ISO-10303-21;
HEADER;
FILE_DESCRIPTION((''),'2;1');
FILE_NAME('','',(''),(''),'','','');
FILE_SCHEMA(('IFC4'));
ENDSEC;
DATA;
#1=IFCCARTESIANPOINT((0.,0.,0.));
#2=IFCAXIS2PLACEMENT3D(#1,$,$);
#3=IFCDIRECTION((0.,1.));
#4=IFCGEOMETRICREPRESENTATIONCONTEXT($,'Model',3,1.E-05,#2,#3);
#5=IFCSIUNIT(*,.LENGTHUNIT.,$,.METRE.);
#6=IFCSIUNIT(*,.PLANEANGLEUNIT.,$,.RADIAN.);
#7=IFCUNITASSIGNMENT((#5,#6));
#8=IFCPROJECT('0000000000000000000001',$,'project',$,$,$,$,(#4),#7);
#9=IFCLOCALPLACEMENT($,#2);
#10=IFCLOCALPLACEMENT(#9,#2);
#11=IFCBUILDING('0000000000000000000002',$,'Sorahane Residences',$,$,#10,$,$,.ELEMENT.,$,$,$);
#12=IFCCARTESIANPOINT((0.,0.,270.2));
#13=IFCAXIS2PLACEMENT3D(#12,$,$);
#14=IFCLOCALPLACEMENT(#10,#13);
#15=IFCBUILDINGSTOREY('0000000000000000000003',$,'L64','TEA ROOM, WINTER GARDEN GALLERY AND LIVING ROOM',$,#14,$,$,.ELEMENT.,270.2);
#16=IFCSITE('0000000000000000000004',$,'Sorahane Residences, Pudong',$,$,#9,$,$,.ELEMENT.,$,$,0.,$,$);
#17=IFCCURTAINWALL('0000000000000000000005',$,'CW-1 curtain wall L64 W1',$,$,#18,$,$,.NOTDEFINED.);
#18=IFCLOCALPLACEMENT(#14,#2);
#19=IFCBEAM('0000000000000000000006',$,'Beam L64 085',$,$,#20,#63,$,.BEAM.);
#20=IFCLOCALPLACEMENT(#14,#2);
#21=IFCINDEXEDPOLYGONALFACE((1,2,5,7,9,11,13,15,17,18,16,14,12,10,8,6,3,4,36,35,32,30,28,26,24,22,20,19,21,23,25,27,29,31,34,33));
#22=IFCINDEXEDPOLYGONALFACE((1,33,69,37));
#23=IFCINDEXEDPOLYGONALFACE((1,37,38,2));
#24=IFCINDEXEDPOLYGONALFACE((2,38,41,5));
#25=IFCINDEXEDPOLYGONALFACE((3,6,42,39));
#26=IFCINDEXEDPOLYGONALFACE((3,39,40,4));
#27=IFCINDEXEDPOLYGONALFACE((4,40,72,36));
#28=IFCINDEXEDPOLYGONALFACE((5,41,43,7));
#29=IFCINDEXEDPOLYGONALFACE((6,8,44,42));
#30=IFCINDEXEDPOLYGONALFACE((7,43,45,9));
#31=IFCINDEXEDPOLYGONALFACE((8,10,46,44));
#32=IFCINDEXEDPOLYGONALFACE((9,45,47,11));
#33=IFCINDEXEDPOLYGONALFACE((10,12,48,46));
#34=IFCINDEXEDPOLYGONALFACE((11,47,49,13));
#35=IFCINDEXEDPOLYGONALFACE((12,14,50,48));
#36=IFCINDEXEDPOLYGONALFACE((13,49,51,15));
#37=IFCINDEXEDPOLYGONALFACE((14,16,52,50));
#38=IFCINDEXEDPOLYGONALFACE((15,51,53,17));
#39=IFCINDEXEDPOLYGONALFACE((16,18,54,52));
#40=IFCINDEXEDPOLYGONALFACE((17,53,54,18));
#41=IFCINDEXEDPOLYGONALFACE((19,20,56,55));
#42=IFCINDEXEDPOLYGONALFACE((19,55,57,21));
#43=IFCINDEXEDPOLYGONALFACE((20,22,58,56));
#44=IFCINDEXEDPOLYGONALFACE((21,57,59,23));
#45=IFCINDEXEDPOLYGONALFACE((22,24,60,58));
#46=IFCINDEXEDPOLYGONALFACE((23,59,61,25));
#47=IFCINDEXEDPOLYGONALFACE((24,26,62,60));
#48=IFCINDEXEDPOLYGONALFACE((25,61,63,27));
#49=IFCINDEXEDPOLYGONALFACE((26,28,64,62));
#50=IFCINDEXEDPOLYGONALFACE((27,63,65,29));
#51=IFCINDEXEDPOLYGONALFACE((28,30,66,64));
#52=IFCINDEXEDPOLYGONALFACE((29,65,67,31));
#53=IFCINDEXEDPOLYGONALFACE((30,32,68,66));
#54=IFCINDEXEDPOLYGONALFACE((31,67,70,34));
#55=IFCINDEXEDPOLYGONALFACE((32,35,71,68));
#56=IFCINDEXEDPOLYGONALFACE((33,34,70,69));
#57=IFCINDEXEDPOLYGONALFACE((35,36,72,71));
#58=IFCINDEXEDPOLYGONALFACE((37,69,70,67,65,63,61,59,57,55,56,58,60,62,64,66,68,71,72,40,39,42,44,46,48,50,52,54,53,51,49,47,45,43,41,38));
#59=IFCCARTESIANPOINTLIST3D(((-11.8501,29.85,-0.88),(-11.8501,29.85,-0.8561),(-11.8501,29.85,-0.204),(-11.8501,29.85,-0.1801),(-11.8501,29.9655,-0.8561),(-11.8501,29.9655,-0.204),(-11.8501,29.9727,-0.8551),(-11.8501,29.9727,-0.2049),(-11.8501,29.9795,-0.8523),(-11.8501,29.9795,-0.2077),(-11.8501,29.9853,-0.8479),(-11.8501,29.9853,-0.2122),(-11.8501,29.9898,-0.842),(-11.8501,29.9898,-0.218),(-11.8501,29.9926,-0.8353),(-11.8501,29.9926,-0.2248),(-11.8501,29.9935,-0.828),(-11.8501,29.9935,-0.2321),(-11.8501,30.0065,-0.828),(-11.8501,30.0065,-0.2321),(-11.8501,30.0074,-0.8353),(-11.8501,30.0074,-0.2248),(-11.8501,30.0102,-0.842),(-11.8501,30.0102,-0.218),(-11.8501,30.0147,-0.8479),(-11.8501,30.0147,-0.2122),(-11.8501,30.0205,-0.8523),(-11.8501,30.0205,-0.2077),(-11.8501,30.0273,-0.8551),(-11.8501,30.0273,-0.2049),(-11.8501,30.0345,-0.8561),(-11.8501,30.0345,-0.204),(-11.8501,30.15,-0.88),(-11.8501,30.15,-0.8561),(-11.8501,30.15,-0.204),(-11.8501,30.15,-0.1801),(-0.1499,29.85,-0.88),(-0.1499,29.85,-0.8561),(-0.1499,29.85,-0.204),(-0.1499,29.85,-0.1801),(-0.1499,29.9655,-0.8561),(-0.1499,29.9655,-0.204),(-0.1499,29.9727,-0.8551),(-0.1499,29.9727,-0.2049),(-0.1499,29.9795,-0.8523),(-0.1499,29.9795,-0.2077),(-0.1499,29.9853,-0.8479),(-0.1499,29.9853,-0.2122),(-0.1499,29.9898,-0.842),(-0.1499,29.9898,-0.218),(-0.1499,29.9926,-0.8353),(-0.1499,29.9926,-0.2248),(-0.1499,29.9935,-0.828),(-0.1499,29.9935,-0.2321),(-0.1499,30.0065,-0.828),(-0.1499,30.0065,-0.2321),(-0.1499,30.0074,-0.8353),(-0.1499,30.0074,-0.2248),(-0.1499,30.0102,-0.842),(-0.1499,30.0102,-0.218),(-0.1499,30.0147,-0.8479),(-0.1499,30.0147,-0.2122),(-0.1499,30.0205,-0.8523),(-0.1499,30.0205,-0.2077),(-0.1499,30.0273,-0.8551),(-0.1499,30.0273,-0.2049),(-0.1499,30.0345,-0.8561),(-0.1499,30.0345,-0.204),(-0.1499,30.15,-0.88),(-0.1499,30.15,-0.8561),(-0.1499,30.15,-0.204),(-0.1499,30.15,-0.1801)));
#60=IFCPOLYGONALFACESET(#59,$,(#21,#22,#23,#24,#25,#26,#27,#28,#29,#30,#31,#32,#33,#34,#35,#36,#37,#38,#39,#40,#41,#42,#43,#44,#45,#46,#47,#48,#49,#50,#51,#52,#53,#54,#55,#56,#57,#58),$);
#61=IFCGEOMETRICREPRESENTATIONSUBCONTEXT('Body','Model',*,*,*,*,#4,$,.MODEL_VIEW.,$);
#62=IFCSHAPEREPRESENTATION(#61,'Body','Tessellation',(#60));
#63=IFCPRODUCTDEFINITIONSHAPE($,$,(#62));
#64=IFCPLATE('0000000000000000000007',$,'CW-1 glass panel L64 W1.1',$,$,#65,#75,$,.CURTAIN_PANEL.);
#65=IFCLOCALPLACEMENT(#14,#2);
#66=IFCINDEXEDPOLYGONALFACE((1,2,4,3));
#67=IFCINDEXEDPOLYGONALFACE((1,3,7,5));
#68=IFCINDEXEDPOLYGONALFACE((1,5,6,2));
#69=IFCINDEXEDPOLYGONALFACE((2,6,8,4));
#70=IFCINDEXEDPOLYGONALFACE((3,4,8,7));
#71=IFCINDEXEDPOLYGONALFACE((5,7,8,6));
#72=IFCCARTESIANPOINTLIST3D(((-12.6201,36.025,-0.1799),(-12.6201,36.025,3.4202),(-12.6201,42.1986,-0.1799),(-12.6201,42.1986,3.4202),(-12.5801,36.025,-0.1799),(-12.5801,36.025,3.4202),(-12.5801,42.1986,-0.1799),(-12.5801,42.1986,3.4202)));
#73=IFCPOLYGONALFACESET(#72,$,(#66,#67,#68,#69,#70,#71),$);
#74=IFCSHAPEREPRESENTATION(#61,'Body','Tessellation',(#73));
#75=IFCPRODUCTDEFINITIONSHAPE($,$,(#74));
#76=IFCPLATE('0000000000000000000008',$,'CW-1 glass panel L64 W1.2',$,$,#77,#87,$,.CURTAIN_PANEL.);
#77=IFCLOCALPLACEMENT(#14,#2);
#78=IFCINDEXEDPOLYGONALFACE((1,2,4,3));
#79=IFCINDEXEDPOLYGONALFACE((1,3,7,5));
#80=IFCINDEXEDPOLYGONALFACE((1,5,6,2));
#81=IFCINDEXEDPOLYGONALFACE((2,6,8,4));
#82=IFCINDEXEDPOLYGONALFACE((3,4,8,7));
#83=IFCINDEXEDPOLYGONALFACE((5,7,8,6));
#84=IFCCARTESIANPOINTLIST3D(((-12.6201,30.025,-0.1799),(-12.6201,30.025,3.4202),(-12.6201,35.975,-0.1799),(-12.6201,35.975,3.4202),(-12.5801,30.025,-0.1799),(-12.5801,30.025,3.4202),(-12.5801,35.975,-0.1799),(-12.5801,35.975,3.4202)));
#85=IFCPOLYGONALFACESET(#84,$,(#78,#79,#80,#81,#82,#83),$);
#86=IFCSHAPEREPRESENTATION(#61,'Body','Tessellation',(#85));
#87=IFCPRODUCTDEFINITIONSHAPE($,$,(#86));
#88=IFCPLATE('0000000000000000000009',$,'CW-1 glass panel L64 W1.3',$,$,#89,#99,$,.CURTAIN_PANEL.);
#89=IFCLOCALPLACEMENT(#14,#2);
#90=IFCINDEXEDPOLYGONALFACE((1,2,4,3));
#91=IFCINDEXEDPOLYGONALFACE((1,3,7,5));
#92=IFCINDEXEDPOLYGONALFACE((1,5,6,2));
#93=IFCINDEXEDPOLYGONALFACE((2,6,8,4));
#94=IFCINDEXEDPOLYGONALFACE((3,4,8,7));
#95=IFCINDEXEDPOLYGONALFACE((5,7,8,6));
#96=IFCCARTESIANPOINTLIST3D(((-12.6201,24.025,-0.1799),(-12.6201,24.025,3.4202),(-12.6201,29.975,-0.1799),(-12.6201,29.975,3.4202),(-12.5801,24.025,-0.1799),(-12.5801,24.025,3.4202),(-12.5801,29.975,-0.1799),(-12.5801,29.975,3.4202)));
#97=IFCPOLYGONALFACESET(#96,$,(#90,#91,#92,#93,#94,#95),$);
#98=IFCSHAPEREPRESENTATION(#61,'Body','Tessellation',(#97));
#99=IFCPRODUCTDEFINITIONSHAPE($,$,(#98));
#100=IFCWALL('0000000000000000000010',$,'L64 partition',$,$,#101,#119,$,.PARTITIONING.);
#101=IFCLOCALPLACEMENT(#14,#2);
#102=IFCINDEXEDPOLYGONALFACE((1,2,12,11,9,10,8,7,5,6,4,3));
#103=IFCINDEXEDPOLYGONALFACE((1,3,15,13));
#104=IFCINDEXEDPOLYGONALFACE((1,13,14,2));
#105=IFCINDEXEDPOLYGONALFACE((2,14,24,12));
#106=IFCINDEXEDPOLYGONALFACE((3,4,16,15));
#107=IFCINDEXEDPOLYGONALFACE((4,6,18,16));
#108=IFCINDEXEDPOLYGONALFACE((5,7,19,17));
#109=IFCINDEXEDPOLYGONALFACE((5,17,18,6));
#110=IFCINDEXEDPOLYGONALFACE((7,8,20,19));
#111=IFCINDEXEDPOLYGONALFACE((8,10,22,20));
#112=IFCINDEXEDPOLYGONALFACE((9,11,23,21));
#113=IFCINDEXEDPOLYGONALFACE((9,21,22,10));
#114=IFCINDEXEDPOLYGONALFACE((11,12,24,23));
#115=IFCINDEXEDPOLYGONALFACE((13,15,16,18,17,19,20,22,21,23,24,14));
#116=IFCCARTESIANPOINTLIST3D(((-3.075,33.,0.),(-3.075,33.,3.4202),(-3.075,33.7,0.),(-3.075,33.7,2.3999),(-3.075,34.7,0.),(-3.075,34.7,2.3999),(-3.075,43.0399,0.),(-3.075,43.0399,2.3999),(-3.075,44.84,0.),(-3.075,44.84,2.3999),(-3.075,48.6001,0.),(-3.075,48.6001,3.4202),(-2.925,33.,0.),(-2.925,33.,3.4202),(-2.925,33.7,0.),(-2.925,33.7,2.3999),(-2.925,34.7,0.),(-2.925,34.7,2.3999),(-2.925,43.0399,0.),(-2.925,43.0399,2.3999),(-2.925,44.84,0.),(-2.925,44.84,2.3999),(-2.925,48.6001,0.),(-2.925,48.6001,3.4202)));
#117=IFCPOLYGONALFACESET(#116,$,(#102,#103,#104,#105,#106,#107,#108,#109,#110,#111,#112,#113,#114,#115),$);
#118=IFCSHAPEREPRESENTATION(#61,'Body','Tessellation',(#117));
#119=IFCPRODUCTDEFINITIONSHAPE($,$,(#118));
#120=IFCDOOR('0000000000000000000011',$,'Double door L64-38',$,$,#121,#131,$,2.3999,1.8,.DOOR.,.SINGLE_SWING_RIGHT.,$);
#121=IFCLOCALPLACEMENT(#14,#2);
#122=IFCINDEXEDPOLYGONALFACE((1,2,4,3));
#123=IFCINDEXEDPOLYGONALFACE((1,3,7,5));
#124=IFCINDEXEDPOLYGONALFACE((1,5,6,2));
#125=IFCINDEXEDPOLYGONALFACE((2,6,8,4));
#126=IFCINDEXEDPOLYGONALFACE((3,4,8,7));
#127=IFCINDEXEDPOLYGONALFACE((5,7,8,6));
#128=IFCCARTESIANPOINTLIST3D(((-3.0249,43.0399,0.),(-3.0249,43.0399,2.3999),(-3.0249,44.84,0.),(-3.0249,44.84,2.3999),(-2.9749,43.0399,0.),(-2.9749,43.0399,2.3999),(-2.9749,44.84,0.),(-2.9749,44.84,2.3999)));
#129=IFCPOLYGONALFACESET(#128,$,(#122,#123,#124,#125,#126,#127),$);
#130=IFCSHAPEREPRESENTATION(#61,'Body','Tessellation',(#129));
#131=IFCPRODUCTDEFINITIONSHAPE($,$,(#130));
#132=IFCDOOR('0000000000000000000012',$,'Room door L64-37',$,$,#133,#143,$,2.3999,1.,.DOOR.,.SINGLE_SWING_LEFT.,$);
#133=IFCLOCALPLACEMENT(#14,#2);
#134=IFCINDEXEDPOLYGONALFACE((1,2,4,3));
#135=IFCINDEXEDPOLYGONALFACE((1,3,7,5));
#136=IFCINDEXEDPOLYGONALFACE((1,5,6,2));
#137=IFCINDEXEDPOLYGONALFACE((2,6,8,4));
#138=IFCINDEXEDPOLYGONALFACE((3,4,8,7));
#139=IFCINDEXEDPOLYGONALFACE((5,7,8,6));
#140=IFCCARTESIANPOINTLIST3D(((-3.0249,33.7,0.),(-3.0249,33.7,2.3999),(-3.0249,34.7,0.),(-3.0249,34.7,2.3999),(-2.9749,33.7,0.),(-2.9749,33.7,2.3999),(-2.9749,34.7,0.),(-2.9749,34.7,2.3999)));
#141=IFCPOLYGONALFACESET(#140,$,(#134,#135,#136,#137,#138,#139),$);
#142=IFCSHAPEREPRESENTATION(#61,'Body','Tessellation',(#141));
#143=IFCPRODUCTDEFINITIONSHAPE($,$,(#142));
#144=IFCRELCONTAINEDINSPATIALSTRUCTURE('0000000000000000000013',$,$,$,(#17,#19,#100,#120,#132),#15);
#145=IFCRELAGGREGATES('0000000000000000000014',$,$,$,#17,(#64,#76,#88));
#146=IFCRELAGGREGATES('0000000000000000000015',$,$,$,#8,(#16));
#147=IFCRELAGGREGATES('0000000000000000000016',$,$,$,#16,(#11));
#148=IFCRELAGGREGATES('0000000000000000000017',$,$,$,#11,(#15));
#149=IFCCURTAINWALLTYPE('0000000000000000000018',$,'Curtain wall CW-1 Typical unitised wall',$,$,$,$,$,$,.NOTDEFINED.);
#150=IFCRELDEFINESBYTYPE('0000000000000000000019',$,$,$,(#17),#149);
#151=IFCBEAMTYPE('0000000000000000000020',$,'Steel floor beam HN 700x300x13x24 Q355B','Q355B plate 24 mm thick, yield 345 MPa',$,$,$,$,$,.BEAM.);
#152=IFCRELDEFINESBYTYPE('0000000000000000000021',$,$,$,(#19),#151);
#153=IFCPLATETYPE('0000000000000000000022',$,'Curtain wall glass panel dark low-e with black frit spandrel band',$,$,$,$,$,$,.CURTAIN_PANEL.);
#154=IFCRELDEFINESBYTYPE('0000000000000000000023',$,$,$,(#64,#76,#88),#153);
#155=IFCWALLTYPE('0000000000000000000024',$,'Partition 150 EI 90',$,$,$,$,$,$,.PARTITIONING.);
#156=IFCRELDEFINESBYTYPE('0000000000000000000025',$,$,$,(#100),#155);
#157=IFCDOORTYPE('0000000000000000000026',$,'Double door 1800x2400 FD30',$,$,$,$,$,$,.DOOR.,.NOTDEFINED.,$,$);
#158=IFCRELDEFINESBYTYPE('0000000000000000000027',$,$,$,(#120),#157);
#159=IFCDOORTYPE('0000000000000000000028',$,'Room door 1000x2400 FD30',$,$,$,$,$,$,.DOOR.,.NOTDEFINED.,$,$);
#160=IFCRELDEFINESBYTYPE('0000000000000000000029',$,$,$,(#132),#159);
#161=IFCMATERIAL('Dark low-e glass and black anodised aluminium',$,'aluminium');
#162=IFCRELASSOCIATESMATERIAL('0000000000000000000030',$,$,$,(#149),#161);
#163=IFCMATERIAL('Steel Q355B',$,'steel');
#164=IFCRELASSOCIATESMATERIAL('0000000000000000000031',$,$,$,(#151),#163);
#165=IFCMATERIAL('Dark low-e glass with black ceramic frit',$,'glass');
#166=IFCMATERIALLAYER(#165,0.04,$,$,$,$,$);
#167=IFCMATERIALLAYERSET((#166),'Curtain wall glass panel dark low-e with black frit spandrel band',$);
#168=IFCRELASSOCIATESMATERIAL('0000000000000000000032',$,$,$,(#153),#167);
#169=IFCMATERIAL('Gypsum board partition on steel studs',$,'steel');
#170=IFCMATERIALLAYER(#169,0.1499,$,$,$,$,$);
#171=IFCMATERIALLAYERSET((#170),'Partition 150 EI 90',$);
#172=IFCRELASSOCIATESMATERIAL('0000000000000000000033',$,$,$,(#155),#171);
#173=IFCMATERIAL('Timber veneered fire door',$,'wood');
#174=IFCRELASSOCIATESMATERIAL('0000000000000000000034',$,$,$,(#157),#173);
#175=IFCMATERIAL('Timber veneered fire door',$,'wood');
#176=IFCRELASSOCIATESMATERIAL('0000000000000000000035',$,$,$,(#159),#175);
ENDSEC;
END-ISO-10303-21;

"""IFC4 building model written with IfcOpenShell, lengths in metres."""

from ifc_helpers import new_model, si_unit, direction, frame, frame_2d, origin, origin_2d, place, context, subcontext, project, spatial, rectangle, i_section, extrude, material, layer, layer_set, material_profile, profile_set, type_object, element, fill, aggregate, save


model = new_model("IFC4")

# Units and contexts
model_context = context("Model", 3, precision=1e-05, world=origin(), true_north=direction((0.0, 1.0)))
body_context = subcontext(model_context, "Body", "Model", "MODEL_VIEW")
ifc_project = project(units=[si_unit("LENGTHUNIT", "METRE"), si_unit("PLANEANGLEUNIT", "RADIAN")], contexts=[model_context])

# Site, building, storey
site_placement = place(None, origin())
site = spatial("IfcSite", under=ifc_project, at=site_placement, Name="Sorahane Residences, Pudong", CompositionType="ELEMENT", RefElevation=0.0)
building_placement = place(site_placement, origin())
building = spatial("IfcBuilding", under=site, at=building_placement, Name="Sorahane Residences", CompositionType="ELEMENT")
storey_placement = place(building_placement, frame((0.0, 0.0, 270.2)))
storey = spatial("IfcBuildingStorey", under=building, at=storey_placement, Name="L64", Description="TEA ROOM, WINTER GARDEN GALLERY AND LIVING ROOM", CompositionType="ELEMENT", Elevation=270.2)

# Curtain wall
ifc_material_1 = material(Name="Dark low-e glass and black anodised aluminium", Category="aluminium")
curtain_wall_type = type_object("IfcCurtainWallType", Name="Curtain wall CW-1 Typical unitised wall", PredefinedType="NOTDEFINED", material=ifc_material_1)
curtain_wall_placement = place(storey_placement, origin())
curtain_wall = element("IfcCurtainWall", 1, at=curtain_wall_placement, inside=storey, type_object=curtain_wall_type, Name="CW-1 curtain wall L64 W1", PredefinedType="NOTDEFINED")

# Beam
ifc_material_2 = material(Name="Steel Q355B", Category="steel")
ifc_material_profile_1 = material_profile(ifc_material_2, i_section(OverallWidth=0.3, OverallDepth=0.7, WebThickness=0.0129, FlangeThickness=0.0239, FilletRadius=0.0281, at=origin_2d()), Name="HN 700x300x13x24")
ifc_profile_set_1 = profile_set([ifc_material_profile_1], Name="Steel Q355B")
beam_type_1 = type_object("IfcBeamType", Name="Steel floor beam HN 700x300x13x24 Q355B", Description="Q355B plate 24 mm thick, yield 345 MPa", PredefinedType="BEAM", material=ifc_profile_set_1)
beam_1_placement = place(storey_placement, frame((-11.8501, 30.0, -0.53), z_axis=(1.0, 0.0, 0.0), x_axis=(0.0, 1.0, 0.0)))
element("IfcBeam", 2, at=beam_1_placement, inside=storey, type_object=beam_type_1, Name="Beam L64 085", PredefinedType="BEAM", context=body_context, shape_type="SweptSolid", body=[
    extrude(i_section(OverallWidth=0.3, OverallDepth=0.7, WebThickness=0.0129, FlangeThickness=0.0239, FilletRadius=0.0281, at=origin_2d()), origin(), (0.0, 0.0, 1.0), 11.7002),
])

# Plates
ifc_material_3 = material(Name="Dark low-e glass with black ceramic frit", Category="glass")
ifc_layer_1 = layer(ifc_material_3, 0.04)
ifc_layer_set_1 = layer_set([ifc_layer_1], Name="Curtain wall glass panel dark low-e with black frit spandrel band")
plate_type = type_object("IfcPlateType", Name="Curtain wall glass panel dark low-e with black frit spandrel band", PredefinedType="CURTAIN_PANEL", material=ifc_layer_set_1)
plate_1_placement = place(storey_placement, frame((-12.6001, 39.1118, -0.1799), z_axis=(0.0, 0.0, 1.0), x_axis=(0.0, -1.0, 0.0)))
plate_1 = element("IfcPlate", 3, at=plate_1_placement, type_object=plate_type, Name="CW-1 glass panel L64 W1.1", PredefinedType="CURTAIN_PANEL", context=body_context, shape_type="SweptSolid", body=[
    extrude(rectangle(XDim=6.1736, YDim=0.04, at=origin_2d()), origin(), (0.0, 0.0, 1.0), 3.6001),
])
plate_2_placement = place(storey_placement, frame((-12.6001, 33.0, -0.1799), z_axis=(0.0, 0.0, 1.0), x_axis=(0.0, -1.0, 0.0)))
plate_2 = element("IfcPlate", 4, at=plate_2_placement, type_object=plate_type, Name="CW-1 glass panel L64 W1.2", PredefinedType="CURTAIN_PANEL", context=body_context, shape_type="SweptSolid", body=[
    extrude(rectangle(XDim=5.95, YDim=0.04, at=origin_2d()), origin(), (0.0, 0.0, 1.0), 3.6001),
])
plate_3_placement = place(storey_placement, frame((-12.6001, 27.0, -0.1799), z_axis=(0.0, 0.0, 1.0), x_axis=(0.0, -1.0, 0.0)))
plate_3 = element("IfcPlate", 5, at=plate_3_placement, type_object=plate_type, Name="CW-1 glass panel L64 W1.3", PredefinedType="CURTAIN_PANEL", context=body_context, shape_type="SweptSolid", body=[
    extrude(rectangle(XDim=5.95, YDim=0.04, at=origin_2d()), origin(), (0.0, 0.0, 1.0), 3.6001),
])
aggregate(curtain_wall, [plate_1, plate_2, plate_3])

# Wall, openings, doors
ifc_material_4 = material(Name="Gypsum board partition on steel studs", Category="steel")
ifc_layer_2 = layer(ifc_material_4, 0.1499)
ifc_layer_set_2 = layer_set([ifc_layer_2], Name="Partition 150 EI 90")
wall_type_1 = type_object("IfcWallType", Name="Partition 150 EI 90", PredefinedType="PARTITIONING", material=ifc_layer_set_2)
wall_1_placement = place(storey_placement, frame((-3.0, 33.0, 0.0), z_axis=(0.0, 0.0, 1.0), x_axis=(0.0, 1.0, 0.0)))
wall_1 = element("IfcWall", 6, at=wall_1_placement, inside=storey, type_object=wall_type_1, Name="L64 partition", PredefinedType="PARTITIONING", context=body_context, shape_type="SweptSolid", body=[
    extrude(rectangle(XDim=15.6001, YDim=0.1499, at=frame_2d((7.8, 0.0))), origin(), (0.0, 0.0, 1.0), 3.4202),
])
opening_1_placement = place(wall_1_placement, frame((0.7, 0.0, 0.0)))
opening_1 = element("IfcOpeningElement", 7, at=opening_1_placement, cuts=wall_1, PredefinedType="OPENING", context=body_context, shape_type="SweptSolid", body=[
    extrude(rectangle(XDim=1.0, YDim=2.3999, at=frame_2d((0.5, 1.2))), frame((0.0, 0.085, 0.0), z_axis=(0.0, -1.0, 0.0), x_axis=(1.0, 0.0, 0.0)), (0.0, 0.0, 1.0), 0.1699),
])
opening_2_placement = place(wall_1_placement, frame((10.04, 0.0, 0.0)))
opening_2 = element("IfcOpeningElement", 8, at=opening_2_placement, cuts=wall_1, PredefinedType="OPENING", context=body_context, shape_type="SweptSolid", body=[
    extrude(rectangle(XDim=1.8, YDim=2.3999, at=frame_2d((0.8999, 1.2))), frame((0.0, 0.085, 0.0), z_axis=(0.0, -1.0, 0.0), x_axis=(1.0, 0.0, 0.0)), (0.0, 0.0, 1.0), 0.1699),
])
ifc_material_5 = material(Name="Timber veneered fire door", Category="wood")
door_type_1 = type_object("IfcDoorType", Name="Double door 1800x2400 FD30", OperationType="NOTDEFINED", PredefinedType="DOOR", material=ifc_material_5)
door_1_placement = place(opening_2_placement, origin())
door_1 = element("IfcDoor", 9, at=door_1_placement, inside=storey, type_object=door_type_1, Name="Double door L64-38", OperationType="SINGLE_SWING_RIGHT", OverallHeight=2.3999, OverallWidth=1.8, PredefinedType="DOOR", context=body_context, shape_type="SweptSolid", body=[
    extrude(rectangle(XDim=1.8, YDim=2.3999, at=frame_2d((0.8999, 1.2))), frame((0.0, 0.0249, 0.0), z_axis=(0.0, -1.0, 0.0), x_axis=(1.0, 0.0, 0.0)), (0.0, 0.0, 1.0), 0.05),
])
fill(opening_2, door_1)
ifc_material_6 = material(Name="Timber veneered fire door", Category="wood")
door_type_2 = type_object("IfcDoorType", Name="Room door 1000x2400 FD30", OperationType="NOTDEFINED", PredefinedType="DOOR", material=ifc_material_6)
door_2_placement = place(opening_1_placement, origin())
door_2 = element("IfcDoor", 10, at=door_2_placement, inside=storey, type_object=door_type_2, Name="Room door L64-37", OperationType="SINGLE_SWING_LEFT", OverallHeight=2.3999, OverallWidth=1.0, PredefinedType="DOOR", context=body_context, shape_type="SweptSolid", body=[
    extrude(rectangle(XDim=1.0, YDim=2.3999, at=frame_2d((0.5, 1.2))), frame((0.0, 0.0249, 0.0), z_axis=(0.0, -1.0, 0.0), x_axis=(1.0, 0.0, 0.0)), (0.0, 0.0, 1.0), 0.05),
])
fill(opening_1, door_2)

save(model, "model.ifc")
